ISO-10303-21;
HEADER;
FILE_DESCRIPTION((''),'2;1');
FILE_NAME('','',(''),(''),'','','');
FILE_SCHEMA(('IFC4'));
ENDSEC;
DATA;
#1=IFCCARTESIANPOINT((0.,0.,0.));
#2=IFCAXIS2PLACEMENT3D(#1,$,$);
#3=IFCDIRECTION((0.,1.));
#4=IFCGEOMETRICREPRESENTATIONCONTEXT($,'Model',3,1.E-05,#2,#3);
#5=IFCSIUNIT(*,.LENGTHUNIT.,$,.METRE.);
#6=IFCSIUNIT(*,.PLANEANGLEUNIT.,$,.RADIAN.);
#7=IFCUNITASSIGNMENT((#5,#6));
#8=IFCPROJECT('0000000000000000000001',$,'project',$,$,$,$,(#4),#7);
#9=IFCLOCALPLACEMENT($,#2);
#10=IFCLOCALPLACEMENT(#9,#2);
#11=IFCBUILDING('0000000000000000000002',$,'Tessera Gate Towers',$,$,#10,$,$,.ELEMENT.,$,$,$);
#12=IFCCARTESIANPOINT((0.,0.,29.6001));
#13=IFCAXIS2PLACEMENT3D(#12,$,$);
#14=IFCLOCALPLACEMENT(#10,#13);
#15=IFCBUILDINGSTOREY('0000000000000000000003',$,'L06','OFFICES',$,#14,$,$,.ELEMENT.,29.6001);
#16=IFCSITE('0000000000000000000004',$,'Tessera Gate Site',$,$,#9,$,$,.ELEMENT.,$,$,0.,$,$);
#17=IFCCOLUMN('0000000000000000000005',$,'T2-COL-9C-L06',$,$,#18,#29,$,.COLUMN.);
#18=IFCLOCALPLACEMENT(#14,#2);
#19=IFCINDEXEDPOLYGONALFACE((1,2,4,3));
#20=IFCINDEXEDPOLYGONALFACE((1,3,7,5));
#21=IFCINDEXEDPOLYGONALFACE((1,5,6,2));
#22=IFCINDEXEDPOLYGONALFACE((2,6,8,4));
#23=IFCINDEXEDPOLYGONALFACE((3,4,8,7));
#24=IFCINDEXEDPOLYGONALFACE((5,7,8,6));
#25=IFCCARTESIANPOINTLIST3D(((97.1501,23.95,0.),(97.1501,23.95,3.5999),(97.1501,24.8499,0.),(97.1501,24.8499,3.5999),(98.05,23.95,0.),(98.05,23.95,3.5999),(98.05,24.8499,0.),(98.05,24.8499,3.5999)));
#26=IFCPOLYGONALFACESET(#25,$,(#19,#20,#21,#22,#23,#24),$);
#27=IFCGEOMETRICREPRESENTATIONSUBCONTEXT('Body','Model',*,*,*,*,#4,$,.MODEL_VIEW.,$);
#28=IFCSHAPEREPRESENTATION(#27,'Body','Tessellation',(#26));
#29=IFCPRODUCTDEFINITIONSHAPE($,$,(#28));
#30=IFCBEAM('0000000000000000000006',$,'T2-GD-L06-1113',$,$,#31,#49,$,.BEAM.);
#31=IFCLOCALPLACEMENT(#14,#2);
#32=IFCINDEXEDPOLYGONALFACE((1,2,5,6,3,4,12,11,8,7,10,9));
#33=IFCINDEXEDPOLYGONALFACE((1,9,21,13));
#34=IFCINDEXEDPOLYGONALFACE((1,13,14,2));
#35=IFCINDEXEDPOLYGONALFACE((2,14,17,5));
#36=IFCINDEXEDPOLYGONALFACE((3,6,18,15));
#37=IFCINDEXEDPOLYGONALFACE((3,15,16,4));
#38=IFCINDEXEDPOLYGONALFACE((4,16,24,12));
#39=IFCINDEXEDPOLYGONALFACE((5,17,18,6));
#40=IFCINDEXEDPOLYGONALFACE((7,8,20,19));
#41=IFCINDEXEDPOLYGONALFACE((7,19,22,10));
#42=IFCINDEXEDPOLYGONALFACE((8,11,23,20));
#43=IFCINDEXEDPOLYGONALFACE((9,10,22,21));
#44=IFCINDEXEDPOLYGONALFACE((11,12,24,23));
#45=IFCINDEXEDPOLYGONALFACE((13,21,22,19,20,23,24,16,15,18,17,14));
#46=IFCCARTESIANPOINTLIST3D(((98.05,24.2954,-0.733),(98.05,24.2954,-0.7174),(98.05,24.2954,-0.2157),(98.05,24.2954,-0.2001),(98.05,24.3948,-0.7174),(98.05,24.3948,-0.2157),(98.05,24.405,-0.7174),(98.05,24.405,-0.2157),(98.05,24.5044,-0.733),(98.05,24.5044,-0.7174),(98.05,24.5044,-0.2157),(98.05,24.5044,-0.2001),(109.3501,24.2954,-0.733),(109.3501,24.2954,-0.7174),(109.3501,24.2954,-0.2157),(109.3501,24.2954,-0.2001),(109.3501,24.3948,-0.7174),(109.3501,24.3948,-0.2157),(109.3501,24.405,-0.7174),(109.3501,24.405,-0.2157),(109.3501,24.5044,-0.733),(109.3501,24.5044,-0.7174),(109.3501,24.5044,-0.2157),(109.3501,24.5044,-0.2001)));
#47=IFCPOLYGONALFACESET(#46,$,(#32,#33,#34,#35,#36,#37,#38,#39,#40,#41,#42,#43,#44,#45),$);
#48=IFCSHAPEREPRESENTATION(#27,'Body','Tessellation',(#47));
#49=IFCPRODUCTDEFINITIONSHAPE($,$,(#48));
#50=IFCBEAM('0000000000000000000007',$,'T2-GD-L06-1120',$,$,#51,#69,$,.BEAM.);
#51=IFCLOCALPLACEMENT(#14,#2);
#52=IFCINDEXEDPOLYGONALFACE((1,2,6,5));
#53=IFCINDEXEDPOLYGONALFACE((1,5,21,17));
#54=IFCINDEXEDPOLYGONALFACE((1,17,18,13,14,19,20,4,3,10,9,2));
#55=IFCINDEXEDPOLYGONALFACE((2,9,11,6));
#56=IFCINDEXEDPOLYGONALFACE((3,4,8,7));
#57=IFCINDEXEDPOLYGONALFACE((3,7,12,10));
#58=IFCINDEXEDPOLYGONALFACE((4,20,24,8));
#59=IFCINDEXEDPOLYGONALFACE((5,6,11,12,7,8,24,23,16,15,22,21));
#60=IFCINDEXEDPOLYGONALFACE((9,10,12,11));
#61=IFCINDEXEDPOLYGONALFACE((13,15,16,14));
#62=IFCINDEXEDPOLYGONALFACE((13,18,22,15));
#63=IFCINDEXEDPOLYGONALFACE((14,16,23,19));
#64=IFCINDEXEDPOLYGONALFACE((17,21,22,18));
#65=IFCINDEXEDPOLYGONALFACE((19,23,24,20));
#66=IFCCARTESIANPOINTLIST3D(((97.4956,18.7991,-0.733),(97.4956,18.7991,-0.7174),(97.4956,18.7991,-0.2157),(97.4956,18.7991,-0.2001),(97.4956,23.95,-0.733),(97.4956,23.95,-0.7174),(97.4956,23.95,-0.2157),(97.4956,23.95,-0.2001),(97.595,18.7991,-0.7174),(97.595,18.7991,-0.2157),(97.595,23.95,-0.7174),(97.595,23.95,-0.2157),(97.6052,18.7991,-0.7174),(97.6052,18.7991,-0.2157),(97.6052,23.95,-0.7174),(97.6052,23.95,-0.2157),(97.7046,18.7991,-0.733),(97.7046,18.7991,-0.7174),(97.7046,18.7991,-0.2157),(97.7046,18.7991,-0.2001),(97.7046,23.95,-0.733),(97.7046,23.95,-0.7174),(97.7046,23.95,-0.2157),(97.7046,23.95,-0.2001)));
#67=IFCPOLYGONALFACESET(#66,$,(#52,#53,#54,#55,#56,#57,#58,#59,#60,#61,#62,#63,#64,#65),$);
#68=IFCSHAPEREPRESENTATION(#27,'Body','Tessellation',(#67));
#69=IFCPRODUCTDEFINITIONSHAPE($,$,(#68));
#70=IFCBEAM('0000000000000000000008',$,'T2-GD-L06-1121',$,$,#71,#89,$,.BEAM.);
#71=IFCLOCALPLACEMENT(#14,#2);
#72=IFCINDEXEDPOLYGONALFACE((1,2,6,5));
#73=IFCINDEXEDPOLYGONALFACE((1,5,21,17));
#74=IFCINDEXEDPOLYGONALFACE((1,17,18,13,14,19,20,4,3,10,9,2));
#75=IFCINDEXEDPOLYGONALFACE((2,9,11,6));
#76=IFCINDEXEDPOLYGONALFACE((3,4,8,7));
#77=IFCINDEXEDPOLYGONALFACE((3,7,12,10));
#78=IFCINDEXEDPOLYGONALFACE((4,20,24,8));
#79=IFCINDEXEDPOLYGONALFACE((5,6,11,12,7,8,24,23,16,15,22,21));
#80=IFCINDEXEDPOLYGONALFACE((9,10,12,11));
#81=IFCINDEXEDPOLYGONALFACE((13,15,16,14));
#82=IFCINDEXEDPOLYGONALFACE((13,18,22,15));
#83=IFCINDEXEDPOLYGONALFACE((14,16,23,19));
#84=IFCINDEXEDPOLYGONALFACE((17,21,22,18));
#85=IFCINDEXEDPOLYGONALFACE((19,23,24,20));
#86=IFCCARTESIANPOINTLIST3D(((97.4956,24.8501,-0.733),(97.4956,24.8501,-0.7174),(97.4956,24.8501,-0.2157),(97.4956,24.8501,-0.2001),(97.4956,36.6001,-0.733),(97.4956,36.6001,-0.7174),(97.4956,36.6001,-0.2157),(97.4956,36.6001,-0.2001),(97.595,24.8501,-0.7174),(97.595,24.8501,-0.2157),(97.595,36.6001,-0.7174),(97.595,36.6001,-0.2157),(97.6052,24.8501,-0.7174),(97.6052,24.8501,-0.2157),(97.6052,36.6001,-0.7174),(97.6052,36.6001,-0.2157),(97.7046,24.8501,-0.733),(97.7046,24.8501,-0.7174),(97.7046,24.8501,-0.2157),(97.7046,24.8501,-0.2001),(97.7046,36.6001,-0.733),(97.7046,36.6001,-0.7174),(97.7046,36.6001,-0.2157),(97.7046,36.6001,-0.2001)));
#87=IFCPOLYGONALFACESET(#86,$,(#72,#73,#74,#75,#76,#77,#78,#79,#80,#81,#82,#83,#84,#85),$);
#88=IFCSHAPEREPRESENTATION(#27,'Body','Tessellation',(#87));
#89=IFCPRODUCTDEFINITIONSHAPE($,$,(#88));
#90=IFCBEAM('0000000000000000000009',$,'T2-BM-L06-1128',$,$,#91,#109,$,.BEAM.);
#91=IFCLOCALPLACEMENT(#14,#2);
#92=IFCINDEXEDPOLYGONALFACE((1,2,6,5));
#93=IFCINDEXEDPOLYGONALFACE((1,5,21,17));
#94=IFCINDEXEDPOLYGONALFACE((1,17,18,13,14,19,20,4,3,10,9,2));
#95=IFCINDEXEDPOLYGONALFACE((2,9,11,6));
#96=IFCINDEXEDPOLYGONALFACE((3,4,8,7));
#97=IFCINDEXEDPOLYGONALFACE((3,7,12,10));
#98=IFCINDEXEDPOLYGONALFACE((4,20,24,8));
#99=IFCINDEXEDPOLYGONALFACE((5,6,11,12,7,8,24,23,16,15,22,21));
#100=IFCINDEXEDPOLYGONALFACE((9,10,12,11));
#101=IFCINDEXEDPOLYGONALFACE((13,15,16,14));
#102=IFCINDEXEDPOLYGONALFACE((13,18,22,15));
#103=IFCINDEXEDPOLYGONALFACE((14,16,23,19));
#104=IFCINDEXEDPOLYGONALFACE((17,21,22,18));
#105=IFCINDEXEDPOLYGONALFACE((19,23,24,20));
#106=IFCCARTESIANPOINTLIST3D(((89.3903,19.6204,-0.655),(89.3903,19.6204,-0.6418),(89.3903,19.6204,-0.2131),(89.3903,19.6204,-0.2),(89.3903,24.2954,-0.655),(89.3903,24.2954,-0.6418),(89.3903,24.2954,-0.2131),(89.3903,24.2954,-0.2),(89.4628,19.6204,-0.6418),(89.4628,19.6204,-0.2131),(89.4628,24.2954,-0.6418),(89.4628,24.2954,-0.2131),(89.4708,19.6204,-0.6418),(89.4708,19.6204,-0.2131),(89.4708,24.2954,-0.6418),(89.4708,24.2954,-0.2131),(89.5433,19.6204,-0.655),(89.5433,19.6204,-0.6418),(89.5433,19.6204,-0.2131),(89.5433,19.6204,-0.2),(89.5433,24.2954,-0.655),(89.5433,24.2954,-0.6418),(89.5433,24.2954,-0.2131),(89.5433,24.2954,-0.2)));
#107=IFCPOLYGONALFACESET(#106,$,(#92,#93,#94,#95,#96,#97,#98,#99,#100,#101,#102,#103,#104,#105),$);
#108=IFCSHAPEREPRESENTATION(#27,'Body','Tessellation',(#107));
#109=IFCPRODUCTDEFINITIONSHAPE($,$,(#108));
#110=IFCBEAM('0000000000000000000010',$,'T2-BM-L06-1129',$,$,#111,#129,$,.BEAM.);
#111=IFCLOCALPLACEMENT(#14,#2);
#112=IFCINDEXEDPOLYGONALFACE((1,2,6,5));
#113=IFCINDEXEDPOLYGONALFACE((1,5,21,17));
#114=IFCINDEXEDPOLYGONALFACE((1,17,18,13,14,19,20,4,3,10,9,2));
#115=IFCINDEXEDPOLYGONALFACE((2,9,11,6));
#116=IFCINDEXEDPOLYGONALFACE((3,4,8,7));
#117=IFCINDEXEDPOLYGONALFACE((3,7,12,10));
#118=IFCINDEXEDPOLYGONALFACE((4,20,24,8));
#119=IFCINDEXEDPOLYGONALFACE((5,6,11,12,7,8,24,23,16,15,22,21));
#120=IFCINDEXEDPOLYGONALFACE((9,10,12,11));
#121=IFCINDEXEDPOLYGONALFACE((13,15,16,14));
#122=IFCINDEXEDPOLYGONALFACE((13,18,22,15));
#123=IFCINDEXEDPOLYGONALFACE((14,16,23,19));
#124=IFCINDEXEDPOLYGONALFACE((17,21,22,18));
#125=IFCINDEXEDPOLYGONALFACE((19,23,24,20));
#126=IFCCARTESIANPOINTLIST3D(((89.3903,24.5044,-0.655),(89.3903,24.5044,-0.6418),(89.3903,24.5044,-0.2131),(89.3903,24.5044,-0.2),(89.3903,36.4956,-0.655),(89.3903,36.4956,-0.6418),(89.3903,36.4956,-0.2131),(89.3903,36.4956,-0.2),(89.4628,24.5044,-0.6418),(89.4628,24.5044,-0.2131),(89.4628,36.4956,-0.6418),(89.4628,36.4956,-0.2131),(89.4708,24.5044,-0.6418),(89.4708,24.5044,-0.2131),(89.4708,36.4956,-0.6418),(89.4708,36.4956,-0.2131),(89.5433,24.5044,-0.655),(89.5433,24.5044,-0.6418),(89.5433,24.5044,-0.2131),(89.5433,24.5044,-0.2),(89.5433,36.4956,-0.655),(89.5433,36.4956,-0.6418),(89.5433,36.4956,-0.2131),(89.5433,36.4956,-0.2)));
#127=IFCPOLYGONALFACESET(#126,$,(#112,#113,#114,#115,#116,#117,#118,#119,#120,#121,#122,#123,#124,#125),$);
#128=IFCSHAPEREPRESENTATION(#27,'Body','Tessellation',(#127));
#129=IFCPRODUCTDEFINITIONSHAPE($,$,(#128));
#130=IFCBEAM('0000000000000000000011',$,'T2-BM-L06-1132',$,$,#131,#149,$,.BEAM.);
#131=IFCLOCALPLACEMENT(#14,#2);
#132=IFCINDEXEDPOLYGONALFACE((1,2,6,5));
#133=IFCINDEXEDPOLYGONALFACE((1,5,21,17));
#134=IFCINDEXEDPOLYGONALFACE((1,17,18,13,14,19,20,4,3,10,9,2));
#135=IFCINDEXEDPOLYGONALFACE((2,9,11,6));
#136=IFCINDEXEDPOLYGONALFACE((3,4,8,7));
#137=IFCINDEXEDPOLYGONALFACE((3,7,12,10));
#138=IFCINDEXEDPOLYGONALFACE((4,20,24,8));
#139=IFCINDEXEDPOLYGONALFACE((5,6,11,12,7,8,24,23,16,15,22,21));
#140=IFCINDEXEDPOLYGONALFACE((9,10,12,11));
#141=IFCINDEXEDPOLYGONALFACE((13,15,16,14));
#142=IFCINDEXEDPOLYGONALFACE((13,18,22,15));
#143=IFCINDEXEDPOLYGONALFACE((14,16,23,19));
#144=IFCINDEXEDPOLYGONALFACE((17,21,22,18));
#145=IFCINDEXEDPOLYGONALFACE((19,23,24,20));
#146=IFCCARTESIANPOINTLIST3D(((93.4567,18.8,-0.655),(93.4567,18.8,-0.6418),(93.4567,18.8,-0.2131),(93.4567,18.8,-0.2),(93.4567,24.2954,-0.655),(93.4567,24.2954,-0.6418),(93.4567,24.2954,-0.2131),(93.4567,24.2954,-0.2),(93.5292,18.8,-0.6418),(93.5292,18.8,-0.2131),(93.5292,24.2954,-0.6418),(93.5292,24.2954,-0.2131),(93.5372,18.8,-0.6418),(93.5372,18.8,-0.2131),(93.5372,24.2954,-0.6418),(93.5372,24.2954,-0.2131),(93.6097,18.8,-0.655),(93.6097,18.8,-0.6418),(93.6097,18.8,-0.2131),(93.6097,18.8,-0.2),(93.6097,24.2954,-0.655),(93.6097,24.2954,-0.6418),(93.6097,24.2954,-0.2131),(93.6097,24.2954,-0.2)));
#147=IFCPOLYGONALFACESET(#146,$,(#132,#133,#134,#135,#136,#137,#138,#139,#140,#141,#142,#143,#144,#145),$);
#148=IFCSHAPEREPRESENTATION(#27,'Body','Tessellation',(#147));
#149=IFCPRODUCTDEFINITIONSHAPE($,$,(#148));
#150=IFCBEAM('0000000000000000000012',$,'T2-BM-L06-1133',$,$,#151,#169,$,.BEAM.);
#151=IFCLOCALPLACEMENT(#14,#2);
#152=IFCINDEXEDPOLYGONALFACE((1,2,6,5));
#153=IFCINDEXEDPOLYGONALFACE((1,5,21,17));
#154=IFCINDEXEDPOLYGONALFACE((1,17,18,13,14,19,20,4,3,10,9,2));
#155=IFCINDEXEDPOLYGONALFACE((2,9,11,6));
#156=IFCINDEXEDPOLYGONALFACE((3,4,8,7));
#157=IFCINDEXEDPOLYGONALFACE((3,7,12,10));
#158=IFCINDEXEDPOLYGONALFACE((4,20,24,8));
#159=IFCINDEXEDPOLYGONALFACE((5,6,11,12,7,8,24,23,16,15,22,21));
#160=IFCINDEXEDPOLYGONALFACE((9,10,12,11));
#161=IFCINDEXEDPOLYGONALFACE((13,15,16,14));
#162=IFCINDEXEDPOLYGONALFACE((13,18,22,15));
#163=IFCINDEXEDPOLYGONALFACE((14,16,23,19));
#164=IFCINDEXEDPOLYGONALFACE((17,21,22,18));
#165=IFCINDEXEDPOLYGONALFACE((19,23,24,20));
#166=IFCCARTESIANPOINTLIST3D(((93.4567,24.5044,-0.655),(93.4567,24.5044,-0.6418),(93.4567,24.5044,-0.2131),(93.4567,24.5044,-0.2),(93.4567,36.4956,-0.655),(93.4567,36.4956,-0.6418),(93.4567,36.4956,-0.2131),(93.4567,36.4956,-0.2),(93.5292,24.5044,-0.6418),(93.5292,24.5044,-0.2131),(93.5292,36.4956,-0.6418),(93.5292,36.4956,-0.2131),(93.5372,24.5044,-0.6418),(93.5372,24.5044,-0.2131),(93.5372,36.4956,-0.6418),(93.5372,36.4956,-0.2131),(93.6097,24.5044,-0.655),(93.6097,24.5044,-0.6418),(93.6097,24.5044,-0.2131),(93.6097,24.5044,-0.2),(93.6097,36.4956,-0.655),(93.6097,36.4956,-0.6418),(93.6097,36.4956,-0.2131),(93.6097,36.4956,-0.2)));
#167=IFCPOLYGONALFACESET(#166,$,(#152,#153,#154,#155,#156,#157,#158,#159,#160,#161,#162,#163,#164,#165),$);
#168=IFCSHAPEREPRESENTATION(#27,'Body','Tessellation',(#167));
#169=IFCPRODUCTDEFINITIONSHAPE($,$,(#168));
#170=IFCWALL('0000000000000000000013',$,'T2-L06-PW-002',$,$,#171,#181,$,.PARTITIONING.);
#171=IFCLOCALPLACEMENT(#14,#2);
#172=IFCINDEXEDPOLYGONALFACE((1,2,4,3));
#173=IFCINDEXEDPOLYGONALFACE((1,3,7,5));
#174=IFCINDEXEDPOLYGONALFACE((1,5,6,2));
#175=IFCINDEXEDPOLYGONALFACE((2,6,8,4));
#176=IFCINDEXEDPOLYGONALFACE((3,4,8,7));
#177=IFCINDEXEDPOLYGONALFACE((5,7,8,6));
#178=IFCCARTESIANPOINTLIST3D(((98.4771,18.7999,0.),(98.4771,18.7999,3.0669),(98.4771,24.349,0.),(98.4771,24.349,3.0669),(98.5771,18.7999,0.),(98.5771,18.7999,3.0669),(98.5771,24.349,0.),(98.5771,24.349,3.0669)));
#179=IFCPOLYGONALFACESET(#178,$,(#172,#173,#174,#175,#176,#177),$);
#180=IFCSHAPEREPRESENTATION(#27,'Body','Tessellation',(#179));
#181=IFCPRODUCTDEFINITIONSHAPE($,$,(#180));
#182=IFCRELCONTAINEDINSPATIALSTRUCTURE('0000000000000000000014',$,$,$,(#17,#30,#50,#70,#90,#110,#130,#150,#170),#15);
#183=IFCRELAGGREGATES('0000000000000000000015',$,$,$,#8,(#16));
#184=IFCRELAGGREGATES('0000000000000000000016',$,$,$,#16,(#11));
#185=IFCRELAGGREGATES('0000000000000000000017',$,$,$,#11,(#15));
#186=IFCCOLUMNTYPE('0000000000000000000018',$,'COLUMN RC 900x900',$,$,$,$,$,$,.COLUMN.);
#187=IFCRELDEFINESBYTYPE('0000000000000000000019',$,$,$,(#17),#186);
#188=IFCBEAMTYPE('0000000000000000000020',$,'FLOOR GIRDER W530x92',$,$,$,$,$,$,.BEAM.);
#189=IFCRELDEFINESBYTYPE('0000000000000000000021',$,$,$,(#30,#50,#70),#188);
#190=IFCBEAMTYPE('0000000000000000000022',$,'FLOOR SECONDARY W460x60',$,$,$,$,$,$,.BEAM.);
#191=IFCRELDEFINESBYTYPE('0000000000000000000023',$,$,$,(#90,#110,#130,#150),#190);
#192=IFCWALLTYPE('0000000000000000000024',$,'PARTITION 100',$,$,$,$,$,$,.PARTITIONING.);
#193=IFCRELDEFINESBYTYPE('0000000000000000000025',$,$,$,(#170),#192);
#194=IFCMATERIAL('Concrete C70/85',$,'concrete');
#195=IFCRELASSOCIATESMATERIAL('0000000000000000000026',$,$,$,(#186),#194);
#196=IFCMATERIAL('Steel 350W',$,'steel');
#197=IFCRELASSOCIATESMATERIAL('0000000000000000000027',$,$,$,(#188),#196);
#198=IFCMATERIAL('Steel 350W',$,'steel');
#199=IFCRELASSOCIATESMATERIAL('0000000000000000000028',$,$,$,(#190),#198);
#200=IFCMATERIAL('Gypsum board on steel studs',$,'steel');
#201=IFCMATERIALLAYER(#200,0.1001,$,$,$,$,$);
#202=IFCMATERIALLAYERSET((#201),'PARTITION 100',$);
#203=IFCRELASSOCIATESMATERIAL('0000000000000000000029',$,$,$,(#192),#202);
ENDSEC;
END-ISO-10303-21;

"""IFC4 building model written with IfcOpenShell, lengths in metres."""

from ifc_helpers import new_model, si_unit, direction, frame, frame_2d, origin, origin_2d, place, context, subcontext, project, spatial, rectangle, i_section, extrude, material, layer, layer_set, material_profile, profile_set, type_object, element, save


model = new_model("IFC4")

# Units and contexts
model_context = context("Model", 3, precision=1e-05, world=origin(), true_north=direction((0.0, 1.0)))
body_context = subcontext(model_context, "Body", "Model", "MODEL_VIEW")
ifc_project = project(units=[si_unit("LENGTHUNIT", "METRE"), si_unit("PLANEANGLEUNIT", "RADIAN")], contexts=[model_context])

# Site, building, storey
site_placement = place(None, origin())
site = spatial("IfcSite", under=ifc_project, at=site_placement, Name="Tessera Gate Site", CompositionType="ELEMENT", RefElevation=0.0)
building_placement = place(site_placement, origin())
building = spatial("IfcBuilding", under=site, at=building_placement, Name="Tessera Gate Towers", CompositionType="ELEMENT")
storey_placement = place(building_placement, frame((0.0, 0.0, 29.6001)))
storey = spatial("IfcBuildingStorey", under=building, at=storey_placement, Name="L06", Description="OFFICES", CompositionType="ELEMENT", Elevation=29.6001)

# Column
ifc_material_1 = material(Name="Concrete C70/85", Category="concrete")
ifc_material_profile_1 = material_profile(ifc_material_1, rectangle(XDim=0.8999, YDim=0.8999, at=origin_2d()), Name="RC 900x900")
ifc_profile_set_1 = profile_set([ifc_material_profile_1], Name="Concrete C70/85")
column_type = type_object("IfcColumnType", Name="COLUMN RC 900x900", PredefinedType="COLUMN", material=ifc_profile_set_1)
column_placement = place(storey_placement, frame((97.6001, 24.3999, 0.0), z_axis=(0.0, 0.0, 1.0), x_axis=(1.0, 0.0, 0.0)))
element("IfcColumn", 1, at=column_placement, inside=storey, type_object=column_type, Name="T2-COL-9C-L06", PredefinedType="COLUMN", context=body_context, shape_type="SweptSolid", body=[
    extrude(rectangle(XDim=0.8999, YDim=0.8999, at=origin_2d()), origin(), (0.0, 0.0, 1.0), 3.5999),
])

# Beams
ifc_material_2 = material(Name="Steel 350W", Category="steel")
ifc_material_profile_2 = material_profile(ifc_material_2, i_section(OverallWidth=0.209, OverallDepth=0.533, WebThickness=0.0103, FlangeThickness=0.0156, at=origin_2d()), Name="W530x92")
ifc_profile_set_2 = profile_set([ifc_material_profile_2], Name="Steel 350W")
beam_type_1 = type_object("IfcBeamType", Name="FLOOR GIRDER W530x92", PredefinedType="BEAM", material=ifc_profile_set_2)
beam_1_placement = place(storey_placement, frame((98.05, 24.3999, -0.4666), z_axis=(1.0, 0.0, 0.0), x_axis=(0.0, 1.0, 0.0)))
element("IfcBeam", 2, at=beam_1_placement, inside=storey, type_object=beam_type_1, Name="T2-GD-L06-1113", PredefinedType="BEAM", context=body_context, shape_type="SweptSolid", body=[
    extrude(i_section(OverallWidth=0.209, OverallDepth=0.533, WebThickness=0.0103, FlangeThickness=0.0156, at=origin_2d()), origin(), (0.0, 0.0, 1.0), 11.3),
])
beam_2_placement = place(storey_placement, frame((97.6001, 18.7991, -0.4666), z_axis=(0.0, 1.0, 0.0), x_axis=(-1.0, 0.0, 0.0)))
element("IfcBeam", 3, at=beam_2_placement, inside=storey, type_object=beam_type_1, Name="T2-GD-L06-1120", PredefinedType="BEAM", context=body_context, shape_type="SweptSolid", body=[
    extrude(i_section(OverallWidth=0.209, OverallDepth=0.533, WebThickness=0.0103, FlangeThickness=0.0156, at=origin_2d()), origin(), (0.0, 0.0, 1.0), 5.1509),
])
beam_3_placement = place(storey_placement, frame((97.6001, 24.8501, -0.4666), z_axis=(0.0, 1.0, 0.0), x_axis=(-1.0, 0.0, 0.0)))
element("IfcBeam", 4, at=beam_3_placement, inside=storey, type_object=beam_type_1, Name="T2-GD-L06-1121", PredefinedType="BEAM", context=body_context, shape_type="SweptSolid", body=[
    extrude(i_section(OverallWidth=0.209, OverallDepth=0.533, WebThickness=0.0103, FlangeThickness=0.0156, at=origin_2d()), origin(), (0.0, 0.0, 1.0), 11.75),
])
ifc_material_3 = material(Name="Steel 350W", Category="steel")
ifc_material_profile_3 = material_profile(ifc_material_3, i_section(OverallWidth=0.1531, OverallDepth=0.4551, WebThickness=0.0081, FlangeThickness=0.0132, at=origin_2d()), Name="W460x60")
ifc_profile_set_3 = profile_set([ifc_material_profile_3], Name="Steel 350W")
beam_type_2 = type_object("IfcBeamType", Name="FLOOR SECONDARY W460x60", PredefinedType="BEAM", material=ifc_profile_set_3)
beam_4_placement = place(storey_placement, frame((89.4668, 19.6204, -0.4275), z_axis=(0.0, 1.0, 0.0), x_axis=(-1.0, 0.0, 0.0)))
element("IfcBeam", 5, at=beam_4_placement, inside=storey, type_object=beam_type_2, Name="T2-BM-L06-1128", PredefinedType="BEAM", context=body_context, shape_type="SweptSolid", body=[
    extrude(i_section(OverallWidth=0.1531, OverallDepth=0.4551, WebThickness=0.0081, FlangeThickness=0.0132, at=origin_2d()), origin(), (0.0, 0.0, 1.0), 4.675),
])
beam_5_placement = place(storey_placement, frame((89.4668, 24.5044, -0.4275), z_axis=(0.0, 1.0, 0.0), x_axis=(-1.0, 0.0, 0.0)))
element("IfcBeam", 6, at=beam_5_placement, inside=storey, type_object=beam_type_2, Name="T2-BM-L06-1129", PredefinedType="BEAM", context=body_context, shape_type="SweptSolid", body=[
    extrude(i_section(OverallWidth=0.1531, OverallDepth=0.4551, WebThickness=0.0081, FlangeThickness=0.0132, at=origin_2d()), origin(), (0.0, 0.0, 1.0), 11.9912),
])
beam_6_placement = place(storey_placement, frame((93.5332, 18.8, -0.4275), z_axis=(0.0, 1.0, 0.0), x_axis=(-1.0, 0.0, 0.0)))
element("IfcBeam", 7, at=beam_6_placement, inside=storey, type_object=beam_type_2, Name="T2-BM-L06-1132", PredefinedType="BEAM", context=body_context, shape_type="SweptSolid", body=[
    extrude(i_section(OverallWidth=0.1531, OverallDepth=0.4551, WebThickness=0.0081, FlangeThickness=0.0132, at=origin_2d()), origin(), (0.0, 0.0, 1.0), 5.4954),
])
beam_7_placement = place(storey_placement, frame((93.5332, 24.5044, -0.4275), z_axis=(0.0, 1.0, 0.0), x_axis=(-1.0, 0.0, 0.0)))
element("IfcBeam", 8, at=beam_7_placement, inside=storey, type_object=beam_type_2, Name="T2-BM-L06-1133", PredefinedType="BEAM", context=body_context, shape_type="SweptSolid", body=[
    extrude(i_section(OverallWidth=0.1531, OverallDepth=0.4551, WebThickness=0.0081, FlangeThickness=0.0132, at=origin_2d()), origin(), (0.0, 0.0, 1.0), 11.9912),
])

# Wall
ifc_material_4 = material(Name="Gypsum board on steel studs", Category="steel")
ifc_layer_1 = layer(ifc_material_4, 0.1001)
ifc_layer_set_1 = layer_set([ifc_layer_1], Name="PARTITION 100")
wall_type_1 = type_object("IfcWallType", Name="PARTITION 100", PredefinedType="PARTITIONING", material=ifc_layer_set_1)
wall_1_placement = place(storey_placement, frame((98.5271, 18.8, 0.0), z_axis=(0.0, 0.0, 1.0), x_axis=(0.0, 1.0, 0.0)))
element("IfcWall", 9, at=wall_1_placement, inside=storey, type_object=wall_type_1, Name="T2-L06-PW-002", PredefinedType="PARTITIONING", context=body_context, shape_type="SweptSolid", body=[
    extrude(rectangle(XDim=5.5491, YDim=0.1001, at=frame_2d((2.7744, 0.0))), origin(), (0.0, 0.0, 1.0), 3.0669),
])

save(model, "model.ifc")
